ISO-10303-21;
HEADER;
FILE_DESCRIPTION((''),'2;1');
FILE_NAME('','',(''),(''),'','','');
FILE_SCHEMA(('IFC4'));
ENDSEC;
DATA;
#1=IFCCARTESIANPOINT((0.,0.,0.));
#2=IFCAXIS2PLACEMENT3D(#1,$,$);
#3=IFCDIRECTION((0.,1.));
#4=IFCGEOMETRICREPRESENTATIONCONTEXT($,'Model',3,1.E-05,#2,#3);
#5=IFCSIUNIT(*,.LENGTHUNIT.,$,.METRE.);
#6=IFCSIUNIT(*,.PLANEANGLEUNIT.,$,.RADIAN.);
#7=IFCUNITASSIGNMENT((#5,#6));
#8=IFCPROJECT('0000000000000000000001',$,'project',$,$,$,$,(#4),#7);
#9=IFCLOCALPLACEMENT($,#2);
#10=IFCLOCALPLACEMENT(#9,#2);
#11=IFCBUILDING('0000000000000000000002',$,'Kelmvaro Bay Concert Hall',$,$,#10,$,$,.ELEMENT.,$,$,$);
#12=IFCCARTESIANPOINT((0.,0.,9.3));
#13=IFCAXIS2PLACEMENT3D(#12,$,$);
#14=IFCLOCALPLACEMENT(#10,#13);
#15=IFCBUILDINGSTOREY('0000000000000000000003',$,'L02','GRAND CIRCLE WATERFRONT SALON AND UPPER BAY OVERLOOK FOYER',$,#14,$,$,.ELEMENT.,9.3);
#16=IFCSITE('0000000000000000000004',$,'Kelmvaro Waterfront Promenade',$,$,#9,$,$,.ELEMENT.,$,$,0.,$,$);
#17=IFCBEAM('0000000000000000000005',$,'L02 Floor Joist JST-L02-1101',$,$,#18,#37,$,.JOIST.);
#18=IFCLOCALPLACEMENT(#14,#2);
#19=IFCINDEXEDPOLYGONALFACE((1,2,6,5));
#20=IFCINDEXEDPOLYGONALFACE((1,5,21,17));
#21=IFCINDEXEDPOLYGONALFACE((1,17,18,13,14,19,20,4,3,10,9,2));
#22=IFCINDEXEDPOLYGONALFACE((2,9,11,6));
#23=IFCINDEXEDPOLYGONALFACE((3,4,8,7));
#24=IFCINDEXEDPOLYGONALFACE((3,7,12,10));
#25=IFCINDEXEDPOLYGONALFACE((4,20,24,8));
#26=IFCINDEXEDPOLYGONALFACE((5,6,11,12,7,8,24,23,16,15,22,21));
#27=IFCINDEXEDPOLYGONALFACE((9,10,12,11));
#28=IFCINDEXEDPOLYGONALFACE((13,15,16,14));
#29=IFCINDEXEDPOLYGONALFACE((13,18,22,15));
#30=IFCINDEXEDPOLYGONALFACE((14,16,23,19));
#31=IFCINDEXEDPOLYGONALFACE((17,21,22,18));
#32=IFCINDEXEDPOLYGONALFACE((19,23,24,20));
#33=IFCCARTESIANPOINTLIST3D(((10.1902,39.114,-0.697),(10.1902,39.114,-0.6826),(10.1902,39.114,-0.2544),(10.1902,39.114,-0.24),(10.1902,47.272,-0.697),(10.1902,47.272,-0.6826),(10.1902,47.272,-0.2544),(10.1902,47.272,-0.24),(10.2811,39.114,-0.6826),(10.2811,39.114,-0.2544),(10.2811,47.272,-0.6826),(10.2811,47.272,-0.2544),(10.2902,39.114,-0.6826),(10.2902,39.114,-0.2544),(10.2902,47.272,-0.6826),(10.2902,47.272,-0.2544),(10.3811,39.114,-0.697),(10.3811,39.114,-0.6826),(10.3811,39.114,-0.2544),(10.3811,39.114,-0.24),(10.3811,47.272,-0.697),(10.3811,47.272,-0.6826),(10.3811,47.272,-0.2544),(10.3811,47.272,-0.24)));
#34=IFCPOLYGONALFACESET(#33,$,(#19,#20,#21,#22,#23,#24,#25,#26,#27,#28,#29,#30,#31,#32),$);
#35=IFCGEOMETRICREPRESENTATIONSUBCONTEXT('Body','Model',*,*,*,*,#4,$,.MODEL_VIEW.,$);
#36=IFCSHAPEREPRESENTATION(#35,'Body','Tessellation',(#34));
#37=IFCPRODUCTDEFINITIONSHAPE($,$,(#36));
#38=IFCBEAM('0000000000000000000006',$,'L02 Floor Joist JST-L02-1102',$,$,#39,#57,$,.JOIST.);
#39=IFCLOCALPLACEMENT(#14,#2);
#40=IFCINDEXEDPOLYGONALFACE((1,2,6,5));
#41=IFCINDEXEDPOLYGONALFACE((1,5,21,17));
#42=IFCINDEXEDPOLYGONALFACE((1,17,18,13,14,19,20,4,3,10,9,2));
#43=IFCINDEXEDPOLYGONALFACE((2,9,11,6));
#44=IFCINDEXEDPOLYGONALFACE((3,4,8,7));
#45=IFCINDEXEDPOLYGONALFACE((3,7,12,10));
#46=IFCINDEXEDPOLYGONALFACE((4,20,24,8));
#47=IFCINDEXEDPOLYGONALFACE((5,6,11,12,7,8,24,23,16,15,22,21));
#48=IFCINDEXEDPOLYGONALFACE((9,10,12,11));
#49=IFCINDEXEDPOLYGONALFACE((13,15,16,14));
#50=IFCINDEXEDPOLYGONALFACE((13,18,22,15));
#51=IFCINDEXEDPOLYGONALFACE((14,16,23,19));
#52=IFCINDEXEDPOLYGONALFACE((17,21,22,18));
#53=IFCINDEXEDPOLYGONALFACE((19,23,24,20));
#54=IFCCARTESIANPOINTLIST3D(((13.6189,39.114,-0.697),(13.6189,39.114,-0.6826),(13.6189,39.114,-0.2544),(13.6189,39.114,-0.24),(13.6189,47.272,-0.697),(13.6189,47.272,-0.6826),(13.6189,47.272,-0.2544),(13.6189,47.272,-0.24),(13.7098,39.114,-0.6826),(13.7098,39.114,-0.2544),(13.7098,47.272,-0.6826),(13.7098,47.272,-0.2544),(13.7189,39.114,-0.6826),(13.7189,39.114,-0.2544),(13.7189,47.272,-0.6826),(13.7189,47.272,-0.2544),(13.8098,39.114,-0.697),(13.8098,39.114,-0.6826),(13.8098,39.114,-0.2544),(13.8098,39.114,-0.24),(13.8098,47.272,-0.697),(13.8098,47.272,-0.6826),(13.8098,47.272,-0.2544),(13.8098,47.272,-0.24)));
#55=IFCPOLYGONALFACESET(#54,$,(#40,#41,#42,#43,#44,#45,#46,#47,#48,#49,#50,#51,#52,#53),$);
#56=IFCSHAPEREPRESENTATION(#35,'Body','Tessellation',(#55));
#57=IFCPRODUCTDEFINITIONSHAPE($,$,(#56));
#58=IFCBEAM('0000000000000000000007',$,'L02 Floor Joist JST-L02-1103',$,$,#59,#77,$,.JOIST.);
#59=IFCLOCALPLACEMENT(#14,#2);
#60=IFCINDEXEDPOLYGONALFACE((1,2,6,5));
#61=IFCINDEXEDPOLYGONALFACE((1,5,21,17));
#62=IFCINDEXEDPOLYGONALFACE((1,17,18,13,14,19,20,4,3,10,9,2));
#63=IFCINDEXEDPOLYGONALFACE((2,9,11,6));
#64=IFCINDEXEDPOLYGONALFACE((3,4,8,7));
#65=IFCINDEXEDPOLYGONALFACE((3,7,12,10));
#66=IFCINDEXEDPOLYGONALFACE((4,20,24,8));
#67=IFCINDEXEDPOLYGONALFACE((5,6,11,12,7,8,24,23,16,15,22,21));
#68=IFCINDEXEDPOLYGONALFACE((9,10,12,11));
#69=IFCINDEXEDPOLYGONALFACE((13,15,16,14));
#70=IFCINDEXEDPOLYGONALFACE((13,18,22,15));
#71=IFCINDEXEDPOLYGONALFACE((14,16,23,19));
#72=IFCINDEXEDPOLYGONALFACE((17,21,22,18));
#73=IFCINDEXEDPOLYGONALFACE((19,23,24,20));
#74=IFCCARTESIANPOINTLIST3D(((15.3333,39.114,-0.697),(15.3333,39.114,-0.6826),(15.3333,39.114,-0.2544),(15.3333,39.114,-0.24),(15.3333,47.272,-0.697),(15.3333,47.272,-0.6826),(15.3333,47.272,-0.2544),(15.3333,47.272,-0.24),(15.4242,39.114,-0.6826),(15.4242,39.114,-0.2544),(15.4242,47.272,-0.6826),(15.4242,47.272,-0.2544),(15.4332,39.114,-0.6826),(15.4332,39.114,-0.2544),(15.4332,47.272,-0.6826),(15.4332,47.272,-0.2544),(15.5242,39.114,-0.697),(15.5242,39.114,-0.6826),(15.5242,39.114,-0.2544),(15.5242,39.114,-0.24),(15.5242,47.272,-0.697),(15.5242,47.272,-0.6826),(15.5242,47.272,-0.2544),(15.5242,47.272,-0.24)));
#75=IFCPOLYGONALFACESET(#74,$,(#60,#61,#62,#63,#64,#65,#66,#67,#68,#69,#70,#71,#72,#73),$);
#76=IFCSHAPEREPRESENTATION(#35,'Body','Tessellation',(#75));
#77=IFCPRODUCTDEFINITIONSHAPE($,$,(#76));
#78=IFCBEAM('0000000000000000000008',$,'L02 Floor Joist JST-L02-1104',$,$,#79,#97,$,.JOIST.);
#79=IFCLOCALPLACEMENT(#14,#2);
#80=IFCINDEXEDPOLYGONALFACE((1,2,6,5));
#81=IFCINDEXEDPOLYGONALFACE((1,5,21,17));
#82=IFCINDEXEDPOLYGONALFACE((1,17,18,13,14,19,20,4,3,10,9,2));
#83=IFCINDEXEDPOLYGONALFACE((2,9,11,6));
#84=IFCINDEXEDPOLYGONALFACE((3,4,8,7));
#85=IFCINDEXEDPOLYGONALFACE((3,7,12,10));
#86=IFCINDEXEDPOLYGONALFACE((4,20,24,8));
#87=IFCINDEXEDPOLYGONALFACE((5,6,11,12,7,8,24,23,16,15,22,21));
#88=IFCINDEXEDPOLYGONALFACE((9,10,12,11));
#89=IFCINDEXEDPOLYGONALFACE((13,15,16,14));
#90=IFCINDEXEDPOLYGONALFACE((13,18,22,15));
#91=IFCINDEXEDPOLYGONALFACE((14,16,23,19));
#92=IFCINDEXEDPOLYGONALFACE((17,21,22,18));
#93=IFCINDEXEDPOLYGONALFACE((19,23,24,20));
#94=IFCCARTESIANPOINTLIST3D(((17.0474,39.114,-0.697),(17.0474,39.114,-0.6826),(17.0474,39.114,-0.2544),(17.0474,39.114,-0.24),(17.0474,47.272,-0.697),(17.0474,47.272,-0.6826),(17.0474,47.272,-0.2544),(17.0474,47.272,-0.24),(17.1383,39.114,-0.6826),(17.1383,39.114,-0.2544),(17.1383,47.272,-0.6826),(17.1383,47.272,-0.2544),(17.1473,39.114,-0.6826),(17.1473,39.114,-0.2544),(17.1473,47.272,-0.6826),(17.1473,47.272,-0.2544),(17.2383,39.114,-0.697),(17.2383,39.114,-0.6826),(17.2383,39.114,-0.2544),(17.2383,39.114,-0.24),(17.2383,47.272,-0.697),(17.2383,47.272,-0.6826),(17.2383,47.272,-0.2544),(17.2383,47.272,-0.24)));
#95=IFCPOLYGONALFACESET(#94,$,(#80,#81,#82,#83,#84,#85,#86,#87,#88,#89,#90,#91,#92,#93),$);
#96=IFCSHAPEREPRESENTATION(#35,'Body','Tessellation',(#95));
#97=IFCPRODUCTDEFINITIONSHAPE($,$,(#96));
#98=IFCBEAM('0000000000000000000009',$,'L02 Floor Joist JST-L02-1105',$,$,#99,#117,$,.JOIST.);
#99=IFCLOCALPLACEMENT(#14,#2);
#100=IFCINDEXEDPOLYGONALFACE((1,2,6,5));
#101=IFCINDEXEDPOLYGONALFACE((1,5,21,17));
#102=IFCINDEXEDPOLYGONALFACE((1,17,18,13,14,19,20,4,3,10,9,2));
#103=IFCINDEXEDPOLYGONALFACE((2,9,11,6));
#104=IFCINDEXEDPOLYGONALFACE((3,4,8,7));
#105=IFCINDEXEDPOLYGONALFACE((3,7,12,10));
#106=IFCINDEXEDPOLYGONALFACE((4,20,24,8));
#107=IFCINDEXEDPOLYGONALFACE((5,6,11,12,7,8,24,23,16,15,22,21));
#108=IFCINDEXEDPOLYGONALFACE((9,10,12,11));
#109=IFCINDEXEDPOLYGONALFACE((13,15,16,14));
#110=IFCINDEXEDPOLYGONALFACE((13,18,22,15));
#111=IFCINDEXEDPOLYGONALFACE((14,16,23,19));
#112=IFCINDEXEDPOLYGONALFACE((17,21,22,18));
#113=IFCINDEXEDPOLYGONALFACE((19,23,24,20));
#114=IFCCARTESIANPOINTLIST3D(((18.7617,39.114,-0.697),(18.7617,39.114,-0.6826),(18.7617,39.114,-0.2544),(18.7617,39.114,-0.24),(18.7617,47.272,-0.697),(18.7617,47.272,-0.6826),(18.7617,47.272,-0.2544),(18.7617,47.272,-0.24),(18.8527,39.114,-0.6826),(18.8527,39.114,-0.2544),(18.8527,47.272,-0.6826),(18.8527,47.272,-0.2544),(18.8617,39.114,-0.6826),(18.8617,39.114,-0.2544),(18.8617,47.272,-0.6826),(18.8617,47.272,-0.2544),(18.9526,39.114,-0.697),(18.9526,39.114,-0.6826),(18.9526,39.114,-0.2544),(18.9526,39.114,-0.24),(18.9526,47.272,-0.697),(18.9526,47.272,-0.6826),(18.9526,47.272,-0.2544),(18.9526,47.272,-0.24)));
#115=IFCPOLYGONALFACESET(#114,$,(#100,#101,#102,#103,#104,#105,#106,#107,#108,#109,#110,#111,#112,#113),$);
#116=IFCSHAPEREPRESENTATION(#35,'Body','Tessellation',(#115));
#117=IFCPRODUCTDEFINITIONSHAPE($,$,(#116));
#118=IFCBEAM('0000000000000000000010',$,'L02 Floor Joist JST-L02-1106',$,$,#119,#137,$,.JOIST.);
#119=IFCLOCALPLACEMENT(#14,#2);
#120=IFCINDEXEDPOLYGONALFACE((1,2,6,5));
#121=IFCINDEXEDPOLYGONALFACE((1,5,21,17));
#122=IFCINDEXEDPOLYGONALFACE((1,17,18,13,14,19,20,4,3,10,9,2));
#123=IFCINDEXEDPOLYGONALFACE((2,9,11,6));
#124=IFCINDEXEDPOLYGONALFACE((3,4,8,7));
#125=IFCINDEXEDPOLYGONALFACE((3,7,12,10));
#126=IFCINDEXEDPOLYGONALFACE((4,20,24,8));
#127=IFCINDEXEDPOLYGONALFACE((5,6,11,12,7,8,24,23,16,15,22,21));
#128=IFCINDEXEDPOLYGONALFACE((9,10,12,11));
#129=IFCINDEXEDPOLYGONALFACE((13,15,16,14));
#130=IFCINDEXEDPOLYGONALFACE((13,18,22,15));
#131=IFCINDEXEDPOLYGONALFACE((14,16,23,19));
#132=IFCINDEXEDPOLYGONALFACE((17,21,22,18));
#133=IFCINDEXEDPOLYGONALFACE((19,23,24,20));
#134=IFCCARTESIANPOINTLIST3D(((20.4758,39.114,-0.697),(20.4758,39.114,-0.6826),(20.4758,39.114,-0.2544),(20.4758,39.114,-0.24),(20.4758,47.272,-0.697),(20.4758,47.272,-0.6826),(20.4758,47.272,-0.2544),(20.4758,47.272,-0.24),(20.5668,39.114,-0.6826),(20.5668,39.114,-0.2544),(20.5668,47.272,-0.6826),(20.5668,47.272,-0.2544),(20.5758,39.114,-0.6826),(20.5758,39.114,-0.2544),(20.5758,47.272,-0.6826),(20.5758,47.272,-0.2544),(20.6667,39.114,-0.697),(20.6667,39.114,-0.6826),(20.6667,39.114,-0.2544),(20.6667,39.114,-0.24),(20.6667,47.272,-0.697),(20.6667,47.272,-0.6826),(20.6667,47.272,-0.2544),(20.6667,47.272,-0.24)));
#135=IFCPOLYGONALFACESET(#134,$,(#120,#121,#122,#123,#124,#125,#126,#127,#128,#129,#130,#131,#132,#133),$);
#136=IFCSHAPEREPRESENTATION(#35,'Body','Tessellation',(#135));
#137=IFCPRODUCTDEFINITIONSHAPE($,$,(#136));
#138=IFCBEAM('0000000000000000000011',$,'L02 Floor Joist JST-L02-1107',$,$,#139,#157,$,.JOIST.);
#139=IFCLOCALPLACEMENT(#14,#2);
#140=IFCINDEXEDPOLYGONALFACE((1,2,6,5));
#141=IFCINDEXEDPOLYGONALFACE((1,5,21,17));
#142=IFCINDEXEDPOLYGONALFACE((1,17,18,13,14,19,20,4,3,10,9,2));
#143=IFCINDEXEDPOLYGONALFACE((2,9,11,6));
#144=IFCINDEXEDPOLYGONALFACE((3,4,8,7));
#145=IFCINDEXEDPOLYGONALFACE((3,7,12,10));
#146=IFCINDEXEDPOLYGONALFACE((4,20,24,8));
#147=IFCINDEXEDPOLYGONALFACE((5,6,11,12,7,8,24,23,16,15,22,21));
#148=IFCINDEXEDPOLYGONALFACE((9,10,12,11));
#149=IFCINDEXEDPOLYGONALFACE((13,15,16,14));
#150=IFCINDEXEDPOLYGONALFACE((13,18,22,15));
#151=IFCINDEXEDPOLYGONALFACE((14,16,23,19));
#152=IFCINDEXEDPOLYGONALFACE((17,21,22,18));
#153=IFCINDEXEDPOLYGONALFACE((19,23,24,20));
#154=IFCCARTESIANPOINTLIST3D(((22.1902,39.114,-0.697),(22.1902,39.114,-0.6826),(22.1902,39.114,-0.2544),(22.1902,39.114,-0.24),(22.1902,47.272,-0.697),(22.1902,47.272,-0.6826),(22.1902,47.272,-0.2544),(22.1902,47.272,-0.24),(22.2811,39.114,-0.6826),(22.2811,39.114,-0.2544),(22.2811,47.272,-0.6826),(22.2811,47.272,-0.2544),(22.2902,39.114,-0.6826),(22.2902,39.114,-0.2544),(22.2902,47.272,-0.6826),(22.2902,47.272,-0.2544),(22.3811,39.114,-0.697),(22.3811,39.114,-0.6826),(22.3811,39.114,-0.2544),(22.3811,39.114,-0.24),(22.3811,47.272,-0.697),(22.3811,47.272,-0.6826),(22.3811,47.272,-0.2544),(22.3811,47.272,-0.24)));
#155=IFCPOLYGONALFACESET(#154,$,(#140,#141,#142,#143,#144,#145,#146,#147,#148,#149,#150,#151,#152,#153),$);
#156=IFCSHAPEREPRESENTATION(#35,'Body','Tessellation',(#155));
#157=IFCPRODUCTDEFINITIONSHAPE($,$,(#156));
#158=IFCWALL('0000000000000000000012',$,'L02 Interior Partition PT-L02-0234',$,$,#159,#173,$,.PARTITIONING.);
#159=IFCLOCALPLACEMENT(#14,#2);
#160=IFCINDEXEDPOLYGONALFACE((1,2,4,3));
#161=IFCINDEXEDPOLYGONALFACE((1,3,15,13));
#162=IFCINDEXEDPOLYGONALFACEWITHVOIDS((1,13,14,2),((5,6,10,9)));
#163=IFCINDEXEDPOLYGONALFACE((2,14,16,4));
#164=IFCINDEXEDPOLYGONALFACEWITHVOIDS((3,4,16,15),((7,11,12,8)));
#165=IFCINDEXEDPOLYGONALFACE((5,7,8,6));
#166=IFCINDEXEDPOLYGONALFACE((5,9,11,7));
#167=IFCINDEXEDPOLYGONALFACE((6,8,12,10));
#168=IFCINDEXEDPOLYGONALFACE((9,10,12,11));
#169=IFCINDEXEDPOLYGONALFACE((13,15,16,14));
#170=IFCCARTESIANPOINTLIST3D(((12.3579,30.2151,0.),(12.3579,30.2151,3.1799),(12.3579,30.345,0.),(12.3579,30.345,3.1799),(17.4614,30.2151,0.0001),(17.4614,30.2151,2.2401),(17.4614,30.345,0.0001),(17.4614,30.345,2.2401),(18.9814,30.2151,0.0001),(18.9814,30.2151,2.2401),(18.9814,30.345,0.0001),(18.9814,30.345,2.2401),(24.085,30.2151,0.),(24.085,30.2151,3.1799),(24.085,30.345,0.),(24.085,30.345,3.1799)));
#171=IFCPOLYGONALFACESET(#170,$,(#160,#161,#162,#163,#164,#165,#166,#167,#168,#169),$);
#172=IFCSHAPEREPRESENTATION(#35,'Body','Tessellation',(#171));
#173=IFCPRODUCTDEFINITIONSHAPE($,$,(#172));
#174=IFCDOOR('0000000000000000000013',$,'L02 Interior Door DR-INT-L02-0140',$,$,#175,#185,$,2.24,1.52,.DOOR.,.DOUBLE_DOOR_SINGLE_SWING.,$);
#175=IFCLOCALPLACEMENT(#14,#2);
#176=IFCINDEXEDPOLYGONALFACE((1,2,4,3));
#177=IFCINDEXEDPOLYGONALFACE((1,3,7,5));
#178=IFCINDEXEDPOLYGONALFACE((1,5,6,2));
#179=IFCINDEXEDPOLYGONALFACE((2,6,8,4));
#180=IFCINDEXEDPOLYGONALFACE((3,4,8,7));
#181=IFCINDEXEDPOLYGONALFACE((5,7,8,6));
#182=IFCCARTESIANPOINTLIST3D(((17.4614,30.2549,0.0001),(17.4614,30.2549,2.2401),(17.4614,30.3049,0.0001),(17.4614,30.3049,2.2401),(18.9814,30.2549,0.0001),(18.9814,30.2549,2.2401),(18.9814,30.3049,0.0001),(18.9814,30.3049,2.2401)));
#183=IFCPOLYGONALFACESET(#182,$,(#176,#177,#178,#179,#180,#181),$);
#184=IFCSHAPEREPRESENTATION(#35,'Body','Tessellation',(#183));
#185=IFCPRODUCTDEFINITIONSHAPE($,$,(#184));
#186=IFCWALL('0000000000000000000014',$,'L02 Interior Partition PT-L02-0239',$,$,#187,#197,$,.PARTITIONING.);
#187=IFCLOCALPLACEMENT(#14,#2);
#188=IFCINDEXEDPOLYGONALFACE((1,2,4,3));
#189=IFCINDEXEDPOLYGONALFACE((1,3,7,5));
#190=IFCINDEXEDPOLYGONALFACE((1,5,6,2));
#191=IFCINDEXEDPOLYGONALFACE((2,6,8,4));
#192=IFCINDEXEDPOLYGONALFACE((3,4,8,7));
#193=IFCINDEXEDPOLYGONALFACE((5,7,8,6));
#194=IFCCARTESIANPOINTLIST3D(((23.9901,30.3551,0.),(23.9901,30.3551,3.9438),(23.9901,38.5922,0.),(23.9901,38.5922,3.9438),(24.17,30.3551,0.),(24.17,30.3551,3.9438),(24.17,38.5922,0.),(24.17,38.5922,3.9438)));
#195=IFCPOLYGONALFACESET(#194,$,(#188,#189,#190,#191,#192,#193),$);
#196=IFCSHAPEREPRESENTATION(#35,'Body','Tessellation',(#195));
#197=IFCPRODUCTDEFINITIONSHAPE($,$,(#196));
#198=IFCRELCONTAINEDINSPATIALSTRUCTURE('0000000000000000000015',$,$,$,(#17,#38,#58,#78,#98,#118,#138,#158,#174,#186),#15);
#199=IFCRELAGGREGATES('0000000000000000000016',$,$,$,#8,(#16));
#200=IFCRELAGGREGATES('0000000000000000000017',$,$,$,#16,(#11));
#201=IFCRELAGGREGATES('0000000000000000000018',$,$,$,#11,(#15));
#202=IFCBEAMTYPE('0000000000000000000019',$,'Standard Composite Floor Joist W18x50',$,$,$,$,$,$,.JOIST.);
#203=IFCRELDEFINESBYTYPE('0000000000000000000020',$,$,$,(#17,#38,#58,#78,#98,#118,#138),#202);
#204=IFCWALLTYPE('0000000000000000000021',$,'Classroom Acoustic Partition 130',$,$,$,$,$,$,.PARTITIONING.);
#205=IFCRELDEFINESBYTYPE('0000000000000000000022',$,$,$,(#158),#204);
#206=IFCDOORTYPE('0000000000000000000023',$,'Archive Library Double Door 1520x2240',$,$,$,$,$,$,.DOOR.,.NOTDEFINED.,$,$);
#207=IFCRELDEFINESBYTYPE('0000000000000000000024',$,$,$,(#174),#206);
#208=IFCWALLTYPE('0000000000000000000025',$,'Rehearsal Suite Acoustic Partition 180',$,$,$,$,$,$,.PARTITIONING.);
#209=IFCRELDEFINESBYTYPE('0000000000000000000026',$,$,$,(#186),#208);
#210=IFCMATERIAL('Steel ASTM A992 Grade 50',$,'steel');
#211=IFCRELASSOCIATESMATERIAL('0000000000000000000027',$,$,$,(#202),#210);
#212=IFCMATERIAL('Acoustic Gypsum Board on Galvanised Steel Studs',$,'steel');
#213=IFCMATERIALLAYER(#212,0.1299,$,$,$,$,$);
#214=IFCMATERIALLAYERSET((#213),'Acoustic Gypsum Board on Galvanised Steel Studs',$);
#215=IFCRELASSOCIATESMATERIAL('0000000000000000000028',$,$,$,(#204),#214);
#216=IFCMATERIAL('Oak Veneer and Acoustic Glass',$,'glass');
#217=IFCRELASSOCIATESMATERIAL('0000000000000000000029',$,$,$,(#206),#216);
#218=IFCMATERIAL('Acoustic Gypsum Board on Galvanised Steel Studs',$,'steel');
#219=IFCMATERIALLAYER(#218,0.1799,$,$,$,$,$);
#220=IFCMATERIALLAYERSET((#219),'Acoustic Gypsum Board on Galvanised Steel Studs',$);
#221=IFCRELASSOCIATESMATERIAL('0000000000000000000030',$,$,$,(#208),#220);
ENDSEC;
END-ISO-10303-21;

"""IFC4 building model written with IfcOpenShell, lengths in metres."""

from ifc_helpers import new_model, si_unit, direction, frame, frame_2d, origin, origin_2d, place, context, subcontext, project, spatial, rectangle, i_section, extrude, material, layer, layer_set, material_profile, profile_set, type_object, element, fill, save


model = new_model("IFC4")

# Units and contexts
model_context = context("Model", 3, precision=1e-05, world=origin(), true_north=direction((0.0, 1.0)))
body_context = subcontext(model_context, "Body", "Model", "MODEL_VIEW")
ifc_project = project(units=[si_unit("LENGTHUNIT", "METRE"), si_unit("PLANEANGLEUNIT", "RADIAN")], contexts=[model_context])

# Site, building, storey
site_placement = place(None, origin())
site = spatial("IfcSite", under=ifc_project, at=site_placement, Name="Kelmvaro Waterfront Promenade", CompositionType="ELEMENT", RefElevation=0.0)
building_placement = place(site_placement, origin())
building = spatial("IfcBuilding", under=site, at=building_placement, Name="Kelmvaro Bay Concert Hall", CompositionType="ELEMENT")
storey_placement = place(building_placement, frame((0.0, 0.0, 9.3)))
storey = spatial("IfcBuildingStorey", under=building, at=storey_placement, Name="L02", Description="GRAND CIRCLE WATERFRONT SALON AND UPPER BAY OVERLOOK FOYER", CompositionType="ELEMENT", Elevation=9.3)

# Beams
ifc_material_1 = material(Name="Steel ASTM A992 Grade 50", Category="steel")
ifc_material_profile_1 = material_profile(ifc_material_1, i_section(OverallWidth=0.1909, OverallDepth=0.457, WebThickness=0.009, FlangeThickness=0.0144, at=origin_2d()), Name="W18X50")
ifc_profile_set_1 = profile_set([ifc_material_profile_1], Name="Steel ASTM A992 Grade 50")
beam_type_1 = type_object("IfcBeamType", Name="Standard Composite Floor Joist W18x50", PredefinedType="JOIST", material=ifc_profile_set_1)
for number, where, z_axis, x_axis, name in (
    (1, (10.2856, 39.114, -0.4685), (0.0, 1.0, 0.0), (-1.0, 0.0, 0.0), "L02 Floor Joist JST-L02-1101"),
    (2, (13.7144, 39.114, -0.4685), (0.0, 1.0, 0.0), (-1.0, 0.0, 0.0), "L02 Floor Joist JST-L02-1102"),
    (3, (15.4287, 39.114, -0.4685), (0.0, 1.0, 0.0), (-1.0, 0.0, 0.0), "L02 Floor Joist JST-L02-1103"),
    (4, (17.1428, 39.114, -0.4685), (0.0, 1.0, 0.0), (-1.0, 0.0, 0.0), "L02 Floor Joist JST-L02-1104"),
    (5, (18.8572, 39.114, -0.4685), (0.0, 1.0, 0.0), (-1.0, 0.0, 0.0), "L02 Floor Joist JST-L02-1105"),
    (6, (20.5713, 39.114, -0.4685), (0.0, 1.0, 0.0), (-1.0, 0.0, 0.0), "L02 Floor Joist JST-L02-1106"),
    (7, (22.2856, 39.114, -0.4685), (0.0, 1.0, 0.0), (-1.0, 0.0, 0.0), "L02 Floor Joist JST-L02-1107"),
):
    element("IfcBeam", number, at=place(storey_placement, frame(where, z_axis=z_axis, x_axis=x_axis)), inside=storey, type_object=beam_type_1, Name=name, PredefinedType="JOIST", context=body_context, shape_type="SweptSolid", body=[
        extrude(i_section(OverallWidth=0.1909, OverallDepth=0.457, WebThickness=0.009, FlangeThickness=0.0144, at=origin_2d()), origin(), (0.0, 0.0, 1.0), 8.158),
    ])

# Wall, opening, door
ifc_material_2 = material(Name="Acoustic Gypsum Board on Galvanised Steel Studs", Category="steel")
ifc_layer_1 = layer(ifc_material_2, 0.1299)
ifc_layer_set_1 = layer_set([ifc_layer_1], Name="Acoustic Gypsum Board on Galvanised Steel Studs")
wall_type_1 = type_object("IfcWallType", Name="Classroom Acoustic Partition 130", PredefinedType="PARTITIONING", material=ifc_layer_set_1)
wall_1_placement = place(storey_placement, frame((12.3579, 30.28, 0.0), z_axis=(0.0, 0.0, 1.0), x_axis=(1.0, 0.0, 0.0)))
wall_1 = element("IfcWall", 8, at=wall_1_placement, inside=storey, type_object=wall_type_1, Name="L02 Interior Partition PT-L02-0234", PredefinedType="PARTITIONING", context=body_context, shape_type="SweptSolid", body=[
    extrude(rectangle(XDim=11.7271, YDim=0.1299, at=frame_2d((5.8635, 0.0))), origin(), (0.0, 0.0, 1.0), 3.1799),
])
opening_1_placement = place(wall_1_placement, frame((5.1035, 0.0, 0.0)))
opening_1 = element("IfcOpeningElement", 9, at=opening_1_placement, cuts=wall_1, PredefinedType="OPENING", context=body_context, shape_type="SweptSolid", body=[
    extrude(rectangle(XDim=1.52, YDim=2.24, at=frame_2d((0.76, 1.1201))), frame((0.0, 0.075, 0.0), z_axis=(0.0, -1.0, 0.0), x_axis=(1.0, 0.0, 0.0)), (0.0, 0.0, 1.0), 0.1499),
])
ifc_material_3 = material(Name="Oak Veneer and Acoustic Glass", Category="glass")
door_type_1 = type_object("IfcDoorType", Name="Archive Library Double Door 1520x2240", OperationType="NOTDEFINED", PredefinedType="DOOR", material=ifc_material_3)
door_1_placement = place(opening_1_placement, origin())
door_1 = element("IfcDoor", 10, at=door_1_placement, inside=storey, type_object=door_type_1, Name="L02 Interior Door DR-INT-L02-0140", OperationType="DOUBLE_DOOR_SINGLE_SWING", OverallHeight=2.24, OverallWidth=1.52, PredefinedType="DOOR", context=body_context, shape_type="SweptSolid", body=[
    extrude(rectangle(XDim=1.52, YDim=2.24, at=frame_2d((0.76, 1.1201))), frame((0.0, 0.0249, 0.0), z_axis=(0.0, -1.0, 0.0), x_axis=(1.0, 0.0, 0.0)), (0.0, 0.0, 1.0), 0.05),
])
fill(opening_1, door_1)

# Wall
ifc_material_4 = material(Name="Acoustic Gypsum Board on Galvanised Steel Studs", Category="steel")
ifc_layer_2 = layer(ifc_material_4, 0.1799)
ifc_layer_set_2 = layer_set([ifc_layer_2], Name="Acoustic Gypsum Board on Galvanised Steel Studs")
wall_type_2 = type_object("IfcWallType", Name="Rehearsal Suite Acoustic Partition 180", PredefinedType="PARTITIONING", material=ifc_layer_set_2)
wall_2_placement = place(storey_placement, frame((24.0801, 30.355, 0.0), z_axis=(0.0, 0.0, 1.0), x_axis=(0.0, 1.0, 0.0)))
element("IfcWall", 11, at=wall_2_placement, inside=storey, type_object=wall_type_2, Name="L02 Interior Partition PT-L02-0239", PredefinedType="PARTITIONING", context=body_context, shape_type="SweptSolid", body=[
    extrude(rectangle(XDim=8.2371, YDim=0.1799, at=frame_2d((4.1187, 0.0))), origin(), (0.0, 0.0, 1.0), 3.9438),
])

save(model, "model.ifc")
